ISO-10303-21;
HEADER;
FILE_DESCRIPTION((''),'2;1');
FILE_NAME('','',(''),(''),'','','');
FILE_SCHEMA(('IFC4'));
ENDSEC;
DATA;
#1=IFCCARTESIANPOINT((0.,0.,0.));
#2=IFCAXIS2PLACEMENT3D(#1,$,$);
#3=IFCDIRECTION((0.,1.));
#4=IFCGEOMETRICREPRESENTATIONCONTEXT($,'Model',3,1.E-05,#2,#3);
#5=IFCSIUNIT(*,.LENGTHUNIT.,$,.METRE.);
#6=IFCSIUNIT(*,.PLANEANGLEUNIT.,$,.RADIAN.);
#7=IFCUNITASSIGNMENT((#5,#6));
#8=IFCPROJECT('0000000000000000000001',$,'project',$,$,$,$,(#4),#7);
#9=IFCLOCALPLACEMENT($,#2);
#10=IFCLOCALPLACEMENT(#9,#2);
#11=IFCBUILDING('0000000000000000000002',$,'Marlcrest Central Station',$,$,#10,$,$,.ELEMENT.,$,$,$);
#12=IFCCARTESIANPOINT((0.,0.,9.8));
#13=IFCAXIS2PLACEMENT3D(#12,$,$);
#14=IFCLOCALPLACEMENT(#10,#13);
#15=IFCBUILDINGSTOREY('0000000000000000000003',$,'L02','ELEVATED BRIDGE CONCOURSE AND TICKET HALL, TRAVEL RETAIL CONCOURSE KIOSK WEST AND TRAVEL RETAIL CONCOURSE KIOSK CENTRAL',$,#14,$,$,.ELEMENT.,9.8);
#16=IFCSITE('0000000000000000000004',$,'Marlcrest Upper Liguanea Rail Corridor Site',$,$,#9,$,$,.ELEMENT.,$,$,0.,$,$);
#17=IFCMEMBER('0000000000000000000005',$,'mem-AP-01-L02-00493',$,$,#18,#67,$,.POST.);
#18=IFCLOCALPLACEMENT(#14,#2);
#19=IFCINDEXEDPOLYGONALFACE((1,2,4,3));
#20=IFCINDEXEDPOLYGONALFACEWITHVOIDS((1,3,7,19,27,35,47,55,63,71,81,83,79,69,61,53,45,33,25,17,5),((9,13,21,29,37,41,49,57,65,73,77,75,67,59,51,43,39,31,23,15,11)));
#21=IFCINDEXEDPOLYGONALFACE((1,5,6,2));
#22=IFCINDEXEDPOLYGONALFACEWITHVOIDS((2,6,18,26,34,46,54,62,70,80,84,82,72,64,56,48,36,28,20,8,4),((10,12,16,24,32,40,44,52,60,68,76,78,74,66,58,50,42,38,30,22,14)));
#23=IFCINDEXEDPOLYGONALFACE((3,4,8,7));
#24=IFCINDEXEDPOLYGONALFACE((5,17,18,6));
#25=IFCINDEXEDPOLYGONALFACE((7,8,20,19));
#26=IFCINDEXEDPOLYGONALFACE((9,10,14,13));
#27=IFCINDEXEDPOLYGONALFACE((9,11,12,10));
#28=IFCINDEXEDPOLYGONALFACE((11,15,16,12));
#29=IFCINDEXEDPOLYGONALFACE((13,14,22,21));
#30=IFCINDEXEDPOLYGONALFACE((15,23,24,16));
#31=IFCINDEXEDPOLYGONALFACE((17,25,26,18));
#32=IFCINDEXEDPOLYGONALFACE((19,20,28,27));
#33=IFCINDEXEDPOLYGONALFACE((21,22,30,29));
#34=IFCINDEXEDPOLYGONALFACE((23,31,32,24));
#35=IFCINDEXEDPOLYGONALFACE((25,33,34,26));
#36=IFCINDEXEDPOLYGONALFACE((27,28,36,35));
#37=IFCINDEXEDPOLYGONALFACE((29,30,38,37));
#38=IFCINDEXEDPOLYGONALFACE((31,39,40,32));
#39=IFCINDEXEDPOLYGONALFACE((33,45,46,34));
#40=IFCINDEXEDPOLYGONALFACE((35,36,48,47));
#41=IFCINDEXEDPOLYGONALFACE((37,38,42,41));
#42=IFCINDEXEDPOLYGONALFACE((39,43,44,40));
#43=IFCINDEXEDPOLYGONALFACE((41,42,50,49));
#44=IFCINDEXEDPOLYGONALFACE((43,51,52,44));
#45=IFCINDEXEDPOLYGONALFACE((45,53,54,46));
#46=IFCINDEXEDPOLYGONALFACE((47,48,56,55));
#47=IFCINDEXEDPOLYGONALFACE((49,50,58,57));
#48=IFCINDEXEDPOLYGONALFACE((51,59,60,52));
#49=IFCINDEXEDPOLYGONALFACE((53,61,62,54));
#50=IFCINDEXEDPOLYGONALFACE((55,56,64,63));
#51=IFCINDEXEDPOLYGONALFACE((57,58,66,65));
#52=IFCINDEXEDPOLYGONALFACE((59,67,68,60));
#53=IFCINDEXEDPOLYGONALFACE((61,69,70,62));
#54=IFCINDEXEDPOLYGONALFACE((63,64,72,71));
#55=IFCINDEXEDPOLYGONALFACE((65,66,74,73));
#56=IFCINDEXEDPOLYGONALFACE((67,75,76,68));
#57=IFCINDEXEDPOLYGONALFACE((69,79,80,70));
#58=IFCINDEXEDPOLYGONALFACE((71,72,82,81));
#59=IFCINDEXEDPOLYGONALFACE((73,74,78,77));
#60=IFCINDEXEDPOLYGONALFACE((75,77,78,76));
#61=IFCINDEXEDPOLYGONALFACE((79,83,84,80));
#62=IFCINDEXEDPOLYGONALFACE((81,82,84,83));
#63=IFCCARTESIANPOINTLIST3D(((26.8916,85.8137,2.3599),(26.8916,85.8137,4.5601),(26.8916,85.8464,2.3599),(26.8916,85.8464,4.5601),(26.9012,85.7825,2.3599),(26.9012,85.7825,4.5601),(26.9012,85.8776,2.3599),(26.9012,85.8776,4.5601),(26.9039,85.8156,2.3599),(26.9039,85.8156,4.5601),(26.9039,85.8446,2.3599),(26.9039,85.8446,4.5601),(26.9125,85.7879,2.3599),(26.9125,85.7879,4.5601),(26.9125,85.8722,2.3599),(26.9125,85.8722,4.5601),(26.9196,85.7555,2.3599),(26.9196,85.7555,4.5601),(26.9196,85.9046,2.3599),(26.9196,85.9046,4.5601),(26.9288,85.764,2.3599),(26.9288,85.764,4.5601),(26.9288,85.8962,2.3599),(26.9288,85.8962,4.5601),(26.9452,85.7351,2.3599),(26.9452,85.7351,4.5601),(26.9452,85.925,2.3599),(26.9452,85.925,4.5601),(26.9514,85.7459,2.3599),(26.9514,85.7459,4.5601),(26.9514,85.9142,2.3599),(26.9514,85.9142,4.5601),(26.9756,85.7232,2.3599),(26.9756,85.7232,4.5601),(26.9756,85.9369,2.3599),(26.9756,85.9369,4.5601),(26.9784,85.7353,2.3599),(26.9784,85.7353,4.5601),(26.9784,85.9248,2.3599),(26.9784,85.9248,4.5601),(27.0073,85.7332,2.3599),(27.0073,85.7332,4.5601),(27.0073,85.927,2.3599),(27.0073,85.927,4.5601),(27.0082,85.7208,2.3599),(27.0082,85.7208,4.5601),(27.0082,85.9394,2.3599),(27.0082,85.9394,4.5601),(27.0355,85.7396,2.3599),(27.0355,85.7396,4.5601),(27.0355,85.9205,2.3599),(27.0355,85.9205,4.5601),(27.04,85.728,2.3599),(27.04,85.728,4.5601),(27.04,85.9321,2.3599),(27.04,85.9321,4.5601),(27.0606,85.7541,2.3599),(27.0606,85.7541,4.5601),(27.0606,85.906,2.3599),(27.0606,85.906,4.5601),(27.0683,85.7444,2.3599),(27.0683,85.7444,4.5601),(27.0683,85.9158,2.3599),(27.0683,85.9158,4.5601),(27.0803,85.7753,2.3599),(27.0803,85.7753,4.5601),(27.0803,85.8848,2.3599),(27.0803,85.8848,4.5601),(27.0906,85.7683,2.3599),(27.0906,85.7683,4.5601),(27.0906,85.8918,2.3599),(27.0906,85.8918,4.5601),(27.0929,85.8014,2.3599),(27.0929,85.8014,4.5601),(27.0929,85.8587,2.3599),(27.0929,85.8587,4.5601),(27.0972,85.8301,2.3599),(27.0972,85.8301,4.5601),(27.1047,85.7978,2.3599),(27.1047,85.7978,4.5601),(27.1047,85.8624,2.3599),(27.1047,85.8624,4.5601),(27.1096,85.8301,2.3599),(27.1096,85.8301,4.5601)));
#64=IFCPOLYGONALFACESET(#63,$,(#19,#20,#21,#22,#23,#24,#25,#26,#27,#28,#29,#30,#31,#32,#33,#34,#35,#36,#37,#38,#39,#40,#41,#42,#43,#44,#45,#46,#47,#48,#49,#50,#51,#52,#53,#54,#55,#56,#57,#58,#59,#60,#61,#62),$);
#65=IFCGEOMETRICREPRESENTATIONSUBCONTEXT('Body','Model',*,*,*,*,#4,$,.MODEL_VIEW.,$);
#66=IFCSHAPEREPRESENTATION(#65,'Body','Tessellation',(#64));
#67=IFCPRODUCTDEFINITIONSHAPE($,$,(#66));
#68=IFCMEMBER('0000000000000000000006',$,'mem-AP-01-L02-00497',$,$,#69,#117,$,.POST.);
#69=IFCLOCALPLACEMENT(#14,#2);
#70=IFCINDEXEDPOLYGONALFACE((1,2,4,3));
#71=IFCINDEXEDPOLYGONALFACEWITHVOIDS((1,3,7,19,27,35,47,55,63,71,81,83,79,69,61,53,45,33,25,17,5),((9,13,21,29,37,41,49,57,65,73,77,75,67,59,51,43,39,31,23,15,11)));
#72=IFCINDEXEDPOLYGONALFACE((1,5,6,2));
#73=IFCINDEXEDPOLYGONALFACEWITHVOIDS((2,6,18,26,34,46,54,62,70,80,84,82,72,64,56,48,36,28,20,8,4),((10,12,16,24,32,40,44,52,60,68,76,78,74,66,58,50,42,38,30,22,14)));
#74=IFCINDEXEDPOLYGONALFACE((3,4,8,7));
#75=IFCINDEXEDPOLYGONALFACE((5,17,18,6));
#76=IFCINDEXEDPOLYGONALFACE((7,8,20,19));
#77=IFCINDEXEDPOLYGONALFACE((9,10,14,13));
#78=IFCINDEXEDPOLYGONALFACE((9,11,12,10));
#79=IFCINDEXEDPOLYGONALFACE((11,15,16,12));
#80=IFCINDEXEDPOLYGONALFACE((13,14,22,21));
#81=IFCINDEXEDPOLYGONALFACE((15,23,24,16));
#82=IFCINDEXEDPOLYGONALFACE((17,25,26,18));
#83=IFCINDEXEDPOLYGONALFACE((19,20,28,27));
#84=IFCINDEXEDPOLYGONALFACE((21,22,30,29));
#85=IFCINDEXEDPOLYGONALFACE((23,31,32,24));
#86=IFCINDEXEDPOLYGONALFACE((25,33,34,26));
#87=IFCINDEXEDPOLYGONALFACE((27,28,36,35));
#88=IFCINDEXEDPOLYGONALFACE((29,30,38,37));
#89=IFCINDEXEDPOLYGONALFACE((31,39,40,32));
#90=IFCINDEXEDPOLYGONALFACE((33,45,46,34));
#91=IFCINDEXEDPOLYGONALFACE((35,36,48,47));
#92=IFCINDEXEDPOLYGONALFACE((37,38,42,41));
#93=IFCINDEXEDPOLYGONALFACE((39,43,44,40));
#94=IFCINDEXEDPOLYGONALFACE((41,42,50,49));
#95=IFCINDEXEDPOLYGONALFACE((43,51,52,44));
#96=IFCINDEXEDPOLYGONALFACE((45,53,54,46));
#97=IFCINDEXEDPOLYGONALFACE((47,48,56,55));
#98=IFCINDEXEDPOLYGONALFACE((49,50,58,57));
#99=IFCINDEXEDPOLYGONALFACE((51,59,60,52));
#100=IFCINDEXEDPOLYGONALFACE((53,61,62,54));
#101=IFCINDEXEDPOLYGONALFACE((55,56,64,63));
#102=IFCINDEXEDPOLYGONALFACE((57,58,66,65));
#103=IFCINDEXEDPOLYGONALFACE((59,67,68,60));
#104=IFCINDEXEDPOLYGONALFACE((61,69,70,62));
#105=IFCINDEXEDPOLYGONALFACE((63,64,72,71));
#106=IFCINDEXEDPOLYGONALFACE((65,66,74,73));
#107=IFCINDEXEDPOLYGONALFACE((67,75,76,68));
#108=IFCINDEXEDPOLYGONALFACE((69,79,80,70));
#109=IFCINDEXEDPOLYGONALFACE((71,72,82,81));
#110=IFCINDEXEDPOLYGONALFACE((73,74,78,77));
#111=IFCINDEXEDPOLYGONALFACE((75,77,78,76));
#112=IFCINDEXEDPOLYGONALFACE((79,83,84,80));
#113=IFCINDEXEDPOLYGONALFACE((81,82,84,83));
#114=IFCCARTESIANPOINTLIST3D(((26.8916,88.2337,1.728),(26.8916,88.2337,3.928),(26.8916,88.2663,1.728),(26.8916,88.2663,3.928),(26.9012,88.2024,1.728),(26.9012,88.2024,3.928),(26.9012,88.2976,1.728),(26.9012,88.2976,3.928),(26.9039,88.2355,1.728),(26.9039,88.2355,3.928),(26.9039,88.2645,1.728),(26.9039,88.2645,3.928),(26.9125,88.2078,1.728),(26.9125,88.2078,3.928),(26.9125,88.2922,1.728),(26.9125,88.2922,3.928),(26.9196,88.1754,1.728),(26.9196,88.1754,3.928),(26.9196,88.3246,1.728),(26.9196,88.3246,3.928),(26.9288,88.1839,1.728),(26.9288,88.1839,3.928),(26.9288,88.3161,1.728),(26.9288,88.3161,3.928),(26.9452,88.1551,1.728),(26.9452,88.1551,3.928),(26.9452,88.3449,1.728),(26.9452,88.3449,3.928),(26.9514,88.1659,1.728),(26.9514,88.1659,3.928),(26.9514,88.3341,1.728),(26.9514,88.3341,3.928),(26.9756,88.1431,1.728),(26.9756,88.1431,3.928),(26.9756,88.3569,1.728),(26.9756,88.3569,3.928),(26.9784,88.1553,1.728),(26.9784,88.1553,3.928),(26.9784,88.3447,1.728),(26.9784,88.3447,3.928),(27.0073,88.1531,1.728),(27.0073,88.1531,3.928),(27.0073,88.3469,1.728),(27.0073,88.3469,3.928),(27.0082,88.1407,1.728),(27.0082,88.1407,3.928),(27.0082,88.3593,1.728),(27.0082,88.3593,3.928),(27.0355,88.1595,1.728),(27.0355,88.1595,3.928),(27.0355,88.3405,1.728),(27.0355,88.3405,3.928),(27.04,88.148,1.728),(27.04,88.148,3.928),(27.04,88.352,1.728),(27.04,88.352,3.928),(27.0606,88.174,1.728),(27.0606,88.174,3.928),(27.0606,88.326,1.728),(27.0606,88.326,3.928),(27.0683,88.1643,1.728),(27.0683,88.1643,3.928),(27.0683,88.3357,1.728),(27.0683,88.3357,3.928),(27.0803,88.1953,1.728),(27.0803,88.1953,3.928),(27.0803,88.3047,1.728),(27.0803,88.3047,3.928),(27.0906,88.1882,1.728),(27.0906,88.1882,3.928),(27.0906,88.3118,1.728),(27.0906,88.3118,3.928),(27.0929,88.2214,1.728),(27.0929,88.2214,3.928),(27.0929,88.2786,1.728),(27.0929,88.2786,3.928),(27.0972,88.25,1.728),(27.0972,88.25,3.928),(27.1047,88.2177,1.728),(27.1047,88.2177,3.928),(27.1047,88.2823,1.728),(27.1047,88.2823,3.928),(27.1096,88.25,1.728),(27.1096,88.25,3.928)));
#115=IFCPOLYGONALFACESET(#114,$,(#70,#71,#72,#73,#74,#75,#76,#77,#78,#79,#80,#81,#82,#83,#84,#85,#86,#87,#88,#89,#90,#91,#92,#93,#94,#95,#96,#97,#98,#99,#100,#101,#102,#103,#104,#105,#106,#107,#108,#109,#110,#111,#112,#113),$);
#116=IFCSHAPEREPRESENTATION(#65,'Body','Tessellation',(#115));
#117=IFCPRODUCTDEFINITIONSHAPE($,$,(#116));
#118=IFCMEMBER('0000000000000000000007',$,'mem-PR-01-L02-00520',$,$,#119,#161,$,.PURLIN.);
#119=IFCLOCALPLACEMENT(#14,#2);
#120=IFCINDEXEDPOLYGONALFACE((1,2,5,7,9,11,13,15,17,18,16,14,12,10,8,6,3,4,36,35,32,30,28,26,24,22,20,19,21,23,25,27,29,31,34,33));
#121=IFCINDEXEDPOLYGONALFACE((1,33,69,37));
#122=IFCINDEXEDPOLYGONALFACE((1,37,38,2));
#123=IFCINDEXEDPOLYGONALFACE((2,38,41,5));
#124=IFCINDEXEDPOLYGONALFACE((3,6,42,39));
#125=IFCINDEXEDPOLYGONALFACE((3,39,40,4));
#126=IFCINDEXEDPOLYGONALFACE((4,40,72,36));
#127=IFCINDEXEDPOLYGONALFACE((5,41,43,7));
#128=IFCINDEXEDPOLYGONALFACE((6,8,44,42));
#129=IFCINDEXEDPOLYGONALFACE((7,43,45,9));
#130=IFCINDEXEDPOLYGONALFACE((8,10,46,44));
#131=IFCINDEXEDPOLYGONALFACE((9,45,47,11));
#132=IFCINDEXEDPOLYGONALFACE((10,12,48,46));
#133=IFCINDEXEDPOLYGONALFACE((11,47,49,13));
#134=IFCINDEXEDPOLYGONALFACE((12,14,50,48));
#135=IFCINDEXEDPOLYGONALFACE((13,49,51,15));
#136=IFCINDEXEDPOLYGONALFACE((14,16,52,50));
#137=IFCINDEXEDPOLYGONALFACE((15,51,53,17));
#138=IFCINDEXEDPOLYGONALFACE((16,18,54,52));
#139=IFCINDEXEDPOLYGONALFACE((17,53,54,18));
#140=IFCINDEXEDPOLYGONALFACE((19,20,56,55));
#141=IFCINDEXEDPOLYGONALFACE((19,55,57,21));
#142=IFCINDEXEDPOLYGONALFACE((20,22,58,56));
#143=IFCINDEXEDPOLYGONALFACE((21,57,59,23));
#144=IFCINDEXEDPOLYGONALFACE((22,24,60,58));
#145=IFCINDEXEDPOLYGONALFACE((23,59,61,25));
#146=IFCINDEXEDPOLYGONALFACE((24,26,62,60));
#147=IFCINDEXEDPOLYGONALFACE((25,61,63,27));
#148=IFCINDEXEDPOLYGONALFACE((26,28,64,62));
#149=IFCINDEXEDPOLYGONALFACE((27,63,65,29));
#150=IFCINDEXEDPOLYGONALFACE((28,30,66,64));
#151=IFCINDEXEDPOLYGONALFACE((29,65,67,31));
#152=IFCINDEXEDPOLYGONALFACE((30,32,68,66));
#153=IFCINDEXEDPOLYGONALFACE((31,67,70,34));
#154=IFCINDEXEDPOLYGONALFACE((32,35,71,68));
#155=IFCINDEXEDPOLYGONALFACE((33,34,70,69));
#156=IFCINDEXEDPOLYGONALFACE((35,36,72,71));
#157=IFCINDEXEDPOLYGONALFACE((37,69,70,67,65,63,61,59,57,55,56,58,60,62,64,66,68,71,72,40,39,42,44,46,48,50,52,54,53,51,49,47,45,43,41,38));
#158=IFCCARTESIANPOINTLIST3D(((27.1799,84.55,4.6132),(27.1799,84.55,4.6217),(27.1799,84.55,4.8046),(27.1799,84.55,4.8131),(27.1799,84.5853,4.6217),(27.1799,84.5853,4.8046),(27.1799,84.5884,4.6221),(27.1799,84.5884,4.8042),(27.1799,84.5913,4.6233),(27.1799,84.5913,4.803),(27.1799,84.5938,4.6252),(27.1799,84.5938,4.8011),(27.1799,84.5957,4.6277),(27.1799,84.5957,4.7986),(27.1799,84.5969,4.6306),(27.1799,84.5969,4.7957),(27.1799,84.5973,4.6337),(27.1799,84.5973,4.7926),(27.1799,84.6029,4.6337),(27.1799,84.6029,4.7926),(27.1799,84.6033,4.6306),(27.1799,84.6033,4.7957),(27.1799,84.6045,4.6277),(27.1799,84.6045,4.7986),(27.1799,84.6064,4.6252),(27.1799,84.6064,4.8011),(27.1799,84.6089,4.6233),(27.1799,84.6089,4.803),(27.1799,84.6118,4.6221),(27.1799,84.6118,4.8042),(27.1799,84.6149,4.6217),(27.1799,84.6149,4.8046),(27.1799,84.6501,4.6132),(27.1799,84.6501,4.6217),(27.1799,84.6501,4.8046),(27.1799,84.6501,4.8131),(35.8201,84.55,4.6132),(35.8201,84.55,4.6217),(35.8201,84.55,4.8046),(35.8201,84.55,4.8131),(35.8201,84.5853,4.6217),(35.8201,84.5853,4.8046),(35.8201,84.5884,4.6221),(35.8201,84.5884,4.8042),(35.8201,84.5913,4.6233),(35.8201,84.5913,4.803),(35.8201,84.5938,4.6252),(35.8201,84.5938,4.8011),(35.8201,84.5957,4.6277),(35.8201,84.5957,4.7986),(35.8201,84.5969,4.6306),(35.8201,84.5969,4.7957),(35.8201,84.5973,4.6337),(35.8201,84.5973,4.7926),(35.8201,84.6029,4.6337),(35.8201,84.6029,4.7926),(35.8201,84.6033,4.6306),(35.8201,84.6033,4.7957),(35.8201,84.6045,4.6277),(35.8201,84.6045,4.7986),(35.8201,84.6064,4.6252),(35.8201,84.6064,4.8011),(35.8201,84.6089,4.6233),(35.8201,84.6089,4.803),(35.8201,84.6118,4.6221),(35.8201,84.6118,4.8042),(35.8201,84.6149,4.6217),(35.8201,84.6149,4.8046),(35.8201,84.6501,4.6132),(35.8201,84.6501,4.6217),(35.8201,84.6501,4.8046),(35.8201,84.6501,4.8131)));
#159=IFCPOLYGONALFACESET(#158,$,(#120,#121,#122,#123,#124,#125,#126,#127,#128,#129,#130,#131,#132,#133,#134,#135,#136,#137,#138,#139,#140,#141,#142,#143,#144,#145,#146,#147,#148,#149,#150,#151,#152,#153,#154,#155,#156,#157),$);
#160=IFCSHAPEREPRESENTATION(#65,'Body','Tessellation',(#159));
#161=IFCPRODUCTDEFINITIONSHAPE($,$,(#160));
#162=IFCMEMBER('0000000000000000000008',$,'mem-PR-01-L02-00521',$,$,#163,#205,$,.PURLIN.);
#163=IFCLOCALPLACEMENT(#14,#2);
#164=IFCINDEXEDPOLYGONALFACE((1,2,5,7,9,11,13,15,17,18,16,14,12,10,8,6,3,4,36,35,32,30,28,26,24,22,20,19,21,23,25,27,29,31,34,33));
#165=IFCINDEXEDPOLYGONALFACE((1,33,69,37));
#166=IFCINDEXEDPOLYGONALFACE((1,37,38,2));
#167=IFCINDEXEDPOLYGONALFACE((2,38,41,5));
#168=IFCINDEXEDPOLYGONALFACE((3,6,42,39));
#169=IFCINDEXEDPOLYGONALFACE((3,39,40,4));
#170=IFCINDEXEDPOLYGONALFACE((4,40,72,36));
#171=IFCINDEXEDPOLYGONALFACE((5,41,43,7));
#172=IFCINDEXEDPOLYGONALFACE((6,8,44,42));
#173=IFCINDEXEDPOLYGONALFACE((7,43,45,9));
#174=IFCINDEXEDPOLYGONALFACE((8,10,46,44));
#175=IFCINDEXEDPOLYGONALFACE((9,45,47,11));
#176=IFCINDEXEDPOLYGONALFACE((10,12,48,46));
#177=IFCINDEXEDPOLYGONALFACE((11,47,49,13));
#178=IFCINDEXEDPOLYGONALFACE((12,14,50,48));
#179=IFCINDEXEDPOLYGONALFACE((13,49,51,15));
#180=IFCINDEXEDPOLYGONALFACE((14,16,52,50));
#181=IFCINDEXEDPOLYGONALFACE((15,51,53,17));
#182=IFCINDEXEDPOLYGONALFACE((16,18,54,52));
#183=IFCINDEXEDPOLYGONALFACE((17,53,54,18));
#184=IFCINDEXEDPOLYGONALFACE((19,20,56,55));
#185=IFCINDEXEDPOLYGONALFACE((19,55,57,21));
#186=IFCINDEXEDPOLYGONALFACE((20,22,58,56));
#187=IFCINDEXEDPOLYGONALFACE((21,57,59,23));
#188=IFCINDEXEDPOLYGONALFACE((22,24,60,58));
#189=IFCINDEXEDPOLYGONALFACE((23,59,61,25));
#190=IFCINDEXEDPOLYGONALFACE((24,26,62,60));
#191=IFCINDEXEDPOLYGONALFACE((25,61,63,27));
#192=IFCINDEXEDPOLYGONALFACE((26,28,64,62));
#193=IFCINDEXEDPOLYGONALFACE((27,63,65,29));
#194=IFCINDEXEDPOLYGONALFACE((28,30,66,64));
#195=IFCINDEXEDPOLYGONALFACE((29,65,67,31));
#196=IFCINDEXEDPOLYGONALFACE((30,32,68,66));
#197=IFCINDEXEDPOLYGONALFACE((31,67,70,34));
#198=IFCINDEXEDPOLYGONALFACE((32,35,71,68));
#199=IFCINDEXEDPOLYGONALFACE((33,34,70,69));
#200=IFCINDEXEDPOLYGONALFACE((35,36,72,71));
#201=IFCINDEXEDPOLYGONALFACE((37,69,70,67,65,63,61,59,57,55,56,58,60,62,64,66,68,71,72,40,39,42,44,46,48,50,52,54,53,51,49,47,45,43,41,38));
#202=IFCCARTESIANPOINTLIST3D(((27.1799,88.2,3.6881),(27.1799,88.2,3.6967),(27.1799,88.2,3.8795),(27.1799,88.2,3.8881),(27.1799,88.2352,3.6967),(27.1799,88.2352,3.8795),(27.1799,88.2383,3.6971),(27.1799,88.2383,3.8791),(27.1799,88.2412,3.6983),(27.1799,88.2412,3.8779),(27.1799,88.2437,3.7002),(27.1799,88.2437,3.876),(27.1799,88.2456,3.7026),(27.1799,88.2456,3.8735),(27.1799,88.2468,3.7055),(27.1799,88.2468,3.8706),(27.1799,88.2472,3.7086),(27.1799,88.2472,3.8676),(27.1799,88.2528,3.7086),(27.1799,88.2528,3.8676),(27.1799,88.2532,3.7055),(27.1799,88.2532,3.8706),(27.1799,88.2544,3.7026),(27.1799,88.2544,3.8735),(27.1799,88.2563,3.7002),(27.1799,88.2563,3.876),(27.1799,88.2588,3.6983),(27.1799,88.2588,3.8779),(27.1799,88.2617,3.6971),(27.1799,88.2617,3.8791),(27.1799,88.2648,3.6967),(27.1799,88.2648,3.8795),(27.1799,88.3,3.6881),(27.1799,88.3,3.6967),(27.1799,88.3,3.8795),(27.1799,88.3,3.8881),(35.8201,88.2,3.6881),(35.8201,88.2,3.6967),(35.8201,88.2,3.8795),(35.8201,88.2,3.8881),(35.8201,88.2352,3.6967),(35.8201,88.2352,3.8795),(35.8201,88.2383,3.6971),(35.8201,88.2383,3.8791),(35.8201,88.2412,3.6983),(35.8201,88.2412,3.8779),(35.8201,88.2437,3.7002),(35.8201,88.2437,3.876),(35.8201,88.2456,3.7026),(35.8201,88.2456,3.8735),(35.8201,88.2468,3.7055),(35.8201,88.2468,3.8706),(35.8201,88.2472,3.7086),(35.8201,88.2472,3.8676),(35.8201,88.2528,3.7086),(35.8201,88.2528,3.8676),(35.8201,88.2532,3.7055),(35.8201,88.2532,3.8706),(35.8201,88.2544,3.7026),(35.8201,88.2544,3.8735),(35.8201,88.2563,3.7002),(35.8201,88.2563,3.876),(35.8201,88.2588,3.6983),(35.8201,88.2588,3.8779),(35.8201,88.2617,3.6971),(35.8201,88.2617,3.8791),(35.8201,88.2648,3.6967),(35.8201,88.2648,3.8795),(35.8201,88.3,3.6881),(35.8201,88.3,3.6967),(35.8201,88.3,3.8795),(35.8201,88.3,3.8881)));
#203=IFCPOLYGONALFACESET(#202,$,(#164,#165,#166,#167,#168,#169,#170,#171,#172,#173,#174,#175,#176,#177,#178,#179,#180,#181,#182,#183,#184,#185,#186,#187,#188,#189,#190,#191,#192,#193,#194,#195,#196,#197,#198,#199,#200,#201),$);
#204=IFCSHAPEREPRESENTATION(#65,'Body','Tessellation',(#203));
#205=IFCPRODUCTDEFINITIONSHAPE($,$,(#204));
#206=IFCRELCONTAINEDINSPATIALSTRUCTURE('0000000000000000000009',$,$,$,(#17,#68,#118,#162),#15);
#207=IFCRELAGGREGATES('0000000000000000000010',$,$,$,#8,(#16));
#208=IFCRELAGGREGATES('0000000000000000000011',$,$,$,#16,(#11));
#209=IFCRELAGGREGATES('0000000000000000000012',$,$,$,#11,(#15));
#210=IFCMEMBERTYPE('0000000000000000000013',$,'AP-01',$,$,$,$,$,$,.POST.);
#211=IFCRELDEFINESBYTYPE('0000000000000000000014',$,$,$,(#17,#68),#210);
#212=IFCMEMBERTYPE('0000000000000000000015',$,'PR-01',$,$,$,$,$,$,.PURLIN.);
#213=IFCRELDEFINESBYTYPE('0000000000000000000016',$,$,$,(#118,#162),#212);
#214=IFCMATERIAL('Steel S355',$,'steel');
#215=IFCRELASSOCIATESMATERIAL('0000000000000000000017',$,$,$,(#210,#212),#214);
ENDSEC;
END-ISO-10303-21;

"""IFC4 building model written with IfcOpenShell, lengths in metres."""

from ifc_helpers import new_model, si_unit, direction, frame, origin, origin_2d, place, context, subcontext, project, spatial, hollow_circle, i_section, extrude, material, material_profile, profile_set, type_object, element, save


model = new_model("IFC4")

# Units and contexts
model_context = context("Model", 3, precision=1e-05, world=origin(), true_north=direction((0.0, 1.0)))
body_context = subcontext(model_context, "Body", "Model", "MODEL_VIEW")
ifc_project = project(units=[si_unit("LENGTHUNIT", "METRE"), si_unit("PLANEANGLEUNIT", "RADIAN")], contexts=[model_context])

# Site, building, storey
site_placement = place(None, origin())
site = spatial("IfcSite", under=ifc_project, at=site_placement, Name="Marlcrest Upper Liguanea Rail Corridor Site", CompositionType="ELEMENT", RefElevation=0.0)
building_placement = place(site_placement, origin())
building = spatial("IfcBuilding", under=site, at=building_placement, Name="Marlcrest Central Station", CompositionType="ELEMENT")
storey_placement = place(building_placement, frame((0.0, 0.0, 9.8)))
storey = spatial("IfcBuildingStorey", under=building, at=storey_placement, Name="L02", Description="ELEVATED BRIDGE CONCOURSE AND TICKET HALL, TRAVEL RETAIL CONCOURSE KIOSK WEST AND TRAVEL RETAIL CONCOURSE KIOSK CENTRAL", CompositionType="ELEMENT", Elevation=9.8)

# Members
ifc_material_1 = material(Name="Steel S355", Category="steel")
ifc_material_profile_1 = material_profile(ifc_material_1, hollow_circle(Radius=0.1096, WallThickness=0.0125, at=origin_2d()), Name="CHS 219.1x12.5")
ifc_profile_set_1 = profile_set([ifc_material_profile_1], Name="Steel S355")
member_type_1 = type_object("IfcMemberType", Name="AP-01", PredefinedType="POST", material=ifc_profile_set_1)
member_1_placement = place(storey_placement, frame((27.0, 85.8301, 2.3599), z_axis=(0.0, 0.0, 1.0), x_axis=(1.0, 0.0, 0.0)))
element("IfcMember", 1, at=member_1_placement, inside=storey, type_object=member_type_1, Name="mem-AP-01-L02-00493", PredefinedType="POST", context=body_context, shape_type="SweptSolid", body=[
    extrude(hollow_circle(Radius=0.1096, WallThickness=0.0125, at=origin_2d()), origin(), (0.0, 0.0, 1.0), 2.2002),
])
member_2_placement = place(storey_placement, frame((27.0, 88.25, 1.728), z_axis=(0.0, 0.0, 1.0), x_axis=(1.0, 0.0, 0.0)))
element("IfcMember", 2, at=member_2_placement, inside=storey, type_object=member_type_1, Name="mem-AP-01-L02-00497", PredefinedType="POST", context=body_context, shape_type="SweptSolid", body=[
    extrude(hollow_circle(Radius=0.1096, WallThickness=0.0125, at=origin_2d()), origin(), (0.0, 0.0, 1.0), 2.2),
])
ifc_material_profile_2 = material_profile(ifc_material_1, i_section(OverallWidth=0.1001, OverallDepth=0.2, WebThickness=0.0056, FlangeThickness=0.0085, FilletRadius=0.012, at=origin_2d()), Name="IPE 200")
ifc_profile_set_2 = profile_set([ifc_material_profile_2], Name="Steel S355")
member_type_2 = type_object("IfcMemberType", Name="PR-01", PredefinedType="PURLIN", material=ifc_profile_set_2)
for number, where, z_axis, x_axis, name in (
    (3, (27.1799, 84.6001, 4.7131), (1.0, 0.0, 0.0), (0.0, 1.0, 0.0), "mem-PR-01-L02-00520"),
    (4, (27.1799, 88.25, 3.7881), (1.0, 0.0, 0.0), (0.0, 1.0, 0.0), "mem-PR-01-L02-00521"),
):
    element("IfcMember", number, at=place(storey_placement, frame(where, z_axis=z_axis, x_axis=x_axis)), inside=storey, type_object=member_type_2, Name=name, PredefinedType="PURLIN", context=body_context, shape_type="SweptSolid", body=[
        extrude(i_section(OverallWidth=0.1001, OverallDepth=0.2, WebThickness=0.0056, FlangeThickness=0.0085, FilletRadius=0.012, at=origin_2d()), origin(), (0.0, 0.0, 1.0), 8.6401),
    ])

save(model, "model.ifc")
